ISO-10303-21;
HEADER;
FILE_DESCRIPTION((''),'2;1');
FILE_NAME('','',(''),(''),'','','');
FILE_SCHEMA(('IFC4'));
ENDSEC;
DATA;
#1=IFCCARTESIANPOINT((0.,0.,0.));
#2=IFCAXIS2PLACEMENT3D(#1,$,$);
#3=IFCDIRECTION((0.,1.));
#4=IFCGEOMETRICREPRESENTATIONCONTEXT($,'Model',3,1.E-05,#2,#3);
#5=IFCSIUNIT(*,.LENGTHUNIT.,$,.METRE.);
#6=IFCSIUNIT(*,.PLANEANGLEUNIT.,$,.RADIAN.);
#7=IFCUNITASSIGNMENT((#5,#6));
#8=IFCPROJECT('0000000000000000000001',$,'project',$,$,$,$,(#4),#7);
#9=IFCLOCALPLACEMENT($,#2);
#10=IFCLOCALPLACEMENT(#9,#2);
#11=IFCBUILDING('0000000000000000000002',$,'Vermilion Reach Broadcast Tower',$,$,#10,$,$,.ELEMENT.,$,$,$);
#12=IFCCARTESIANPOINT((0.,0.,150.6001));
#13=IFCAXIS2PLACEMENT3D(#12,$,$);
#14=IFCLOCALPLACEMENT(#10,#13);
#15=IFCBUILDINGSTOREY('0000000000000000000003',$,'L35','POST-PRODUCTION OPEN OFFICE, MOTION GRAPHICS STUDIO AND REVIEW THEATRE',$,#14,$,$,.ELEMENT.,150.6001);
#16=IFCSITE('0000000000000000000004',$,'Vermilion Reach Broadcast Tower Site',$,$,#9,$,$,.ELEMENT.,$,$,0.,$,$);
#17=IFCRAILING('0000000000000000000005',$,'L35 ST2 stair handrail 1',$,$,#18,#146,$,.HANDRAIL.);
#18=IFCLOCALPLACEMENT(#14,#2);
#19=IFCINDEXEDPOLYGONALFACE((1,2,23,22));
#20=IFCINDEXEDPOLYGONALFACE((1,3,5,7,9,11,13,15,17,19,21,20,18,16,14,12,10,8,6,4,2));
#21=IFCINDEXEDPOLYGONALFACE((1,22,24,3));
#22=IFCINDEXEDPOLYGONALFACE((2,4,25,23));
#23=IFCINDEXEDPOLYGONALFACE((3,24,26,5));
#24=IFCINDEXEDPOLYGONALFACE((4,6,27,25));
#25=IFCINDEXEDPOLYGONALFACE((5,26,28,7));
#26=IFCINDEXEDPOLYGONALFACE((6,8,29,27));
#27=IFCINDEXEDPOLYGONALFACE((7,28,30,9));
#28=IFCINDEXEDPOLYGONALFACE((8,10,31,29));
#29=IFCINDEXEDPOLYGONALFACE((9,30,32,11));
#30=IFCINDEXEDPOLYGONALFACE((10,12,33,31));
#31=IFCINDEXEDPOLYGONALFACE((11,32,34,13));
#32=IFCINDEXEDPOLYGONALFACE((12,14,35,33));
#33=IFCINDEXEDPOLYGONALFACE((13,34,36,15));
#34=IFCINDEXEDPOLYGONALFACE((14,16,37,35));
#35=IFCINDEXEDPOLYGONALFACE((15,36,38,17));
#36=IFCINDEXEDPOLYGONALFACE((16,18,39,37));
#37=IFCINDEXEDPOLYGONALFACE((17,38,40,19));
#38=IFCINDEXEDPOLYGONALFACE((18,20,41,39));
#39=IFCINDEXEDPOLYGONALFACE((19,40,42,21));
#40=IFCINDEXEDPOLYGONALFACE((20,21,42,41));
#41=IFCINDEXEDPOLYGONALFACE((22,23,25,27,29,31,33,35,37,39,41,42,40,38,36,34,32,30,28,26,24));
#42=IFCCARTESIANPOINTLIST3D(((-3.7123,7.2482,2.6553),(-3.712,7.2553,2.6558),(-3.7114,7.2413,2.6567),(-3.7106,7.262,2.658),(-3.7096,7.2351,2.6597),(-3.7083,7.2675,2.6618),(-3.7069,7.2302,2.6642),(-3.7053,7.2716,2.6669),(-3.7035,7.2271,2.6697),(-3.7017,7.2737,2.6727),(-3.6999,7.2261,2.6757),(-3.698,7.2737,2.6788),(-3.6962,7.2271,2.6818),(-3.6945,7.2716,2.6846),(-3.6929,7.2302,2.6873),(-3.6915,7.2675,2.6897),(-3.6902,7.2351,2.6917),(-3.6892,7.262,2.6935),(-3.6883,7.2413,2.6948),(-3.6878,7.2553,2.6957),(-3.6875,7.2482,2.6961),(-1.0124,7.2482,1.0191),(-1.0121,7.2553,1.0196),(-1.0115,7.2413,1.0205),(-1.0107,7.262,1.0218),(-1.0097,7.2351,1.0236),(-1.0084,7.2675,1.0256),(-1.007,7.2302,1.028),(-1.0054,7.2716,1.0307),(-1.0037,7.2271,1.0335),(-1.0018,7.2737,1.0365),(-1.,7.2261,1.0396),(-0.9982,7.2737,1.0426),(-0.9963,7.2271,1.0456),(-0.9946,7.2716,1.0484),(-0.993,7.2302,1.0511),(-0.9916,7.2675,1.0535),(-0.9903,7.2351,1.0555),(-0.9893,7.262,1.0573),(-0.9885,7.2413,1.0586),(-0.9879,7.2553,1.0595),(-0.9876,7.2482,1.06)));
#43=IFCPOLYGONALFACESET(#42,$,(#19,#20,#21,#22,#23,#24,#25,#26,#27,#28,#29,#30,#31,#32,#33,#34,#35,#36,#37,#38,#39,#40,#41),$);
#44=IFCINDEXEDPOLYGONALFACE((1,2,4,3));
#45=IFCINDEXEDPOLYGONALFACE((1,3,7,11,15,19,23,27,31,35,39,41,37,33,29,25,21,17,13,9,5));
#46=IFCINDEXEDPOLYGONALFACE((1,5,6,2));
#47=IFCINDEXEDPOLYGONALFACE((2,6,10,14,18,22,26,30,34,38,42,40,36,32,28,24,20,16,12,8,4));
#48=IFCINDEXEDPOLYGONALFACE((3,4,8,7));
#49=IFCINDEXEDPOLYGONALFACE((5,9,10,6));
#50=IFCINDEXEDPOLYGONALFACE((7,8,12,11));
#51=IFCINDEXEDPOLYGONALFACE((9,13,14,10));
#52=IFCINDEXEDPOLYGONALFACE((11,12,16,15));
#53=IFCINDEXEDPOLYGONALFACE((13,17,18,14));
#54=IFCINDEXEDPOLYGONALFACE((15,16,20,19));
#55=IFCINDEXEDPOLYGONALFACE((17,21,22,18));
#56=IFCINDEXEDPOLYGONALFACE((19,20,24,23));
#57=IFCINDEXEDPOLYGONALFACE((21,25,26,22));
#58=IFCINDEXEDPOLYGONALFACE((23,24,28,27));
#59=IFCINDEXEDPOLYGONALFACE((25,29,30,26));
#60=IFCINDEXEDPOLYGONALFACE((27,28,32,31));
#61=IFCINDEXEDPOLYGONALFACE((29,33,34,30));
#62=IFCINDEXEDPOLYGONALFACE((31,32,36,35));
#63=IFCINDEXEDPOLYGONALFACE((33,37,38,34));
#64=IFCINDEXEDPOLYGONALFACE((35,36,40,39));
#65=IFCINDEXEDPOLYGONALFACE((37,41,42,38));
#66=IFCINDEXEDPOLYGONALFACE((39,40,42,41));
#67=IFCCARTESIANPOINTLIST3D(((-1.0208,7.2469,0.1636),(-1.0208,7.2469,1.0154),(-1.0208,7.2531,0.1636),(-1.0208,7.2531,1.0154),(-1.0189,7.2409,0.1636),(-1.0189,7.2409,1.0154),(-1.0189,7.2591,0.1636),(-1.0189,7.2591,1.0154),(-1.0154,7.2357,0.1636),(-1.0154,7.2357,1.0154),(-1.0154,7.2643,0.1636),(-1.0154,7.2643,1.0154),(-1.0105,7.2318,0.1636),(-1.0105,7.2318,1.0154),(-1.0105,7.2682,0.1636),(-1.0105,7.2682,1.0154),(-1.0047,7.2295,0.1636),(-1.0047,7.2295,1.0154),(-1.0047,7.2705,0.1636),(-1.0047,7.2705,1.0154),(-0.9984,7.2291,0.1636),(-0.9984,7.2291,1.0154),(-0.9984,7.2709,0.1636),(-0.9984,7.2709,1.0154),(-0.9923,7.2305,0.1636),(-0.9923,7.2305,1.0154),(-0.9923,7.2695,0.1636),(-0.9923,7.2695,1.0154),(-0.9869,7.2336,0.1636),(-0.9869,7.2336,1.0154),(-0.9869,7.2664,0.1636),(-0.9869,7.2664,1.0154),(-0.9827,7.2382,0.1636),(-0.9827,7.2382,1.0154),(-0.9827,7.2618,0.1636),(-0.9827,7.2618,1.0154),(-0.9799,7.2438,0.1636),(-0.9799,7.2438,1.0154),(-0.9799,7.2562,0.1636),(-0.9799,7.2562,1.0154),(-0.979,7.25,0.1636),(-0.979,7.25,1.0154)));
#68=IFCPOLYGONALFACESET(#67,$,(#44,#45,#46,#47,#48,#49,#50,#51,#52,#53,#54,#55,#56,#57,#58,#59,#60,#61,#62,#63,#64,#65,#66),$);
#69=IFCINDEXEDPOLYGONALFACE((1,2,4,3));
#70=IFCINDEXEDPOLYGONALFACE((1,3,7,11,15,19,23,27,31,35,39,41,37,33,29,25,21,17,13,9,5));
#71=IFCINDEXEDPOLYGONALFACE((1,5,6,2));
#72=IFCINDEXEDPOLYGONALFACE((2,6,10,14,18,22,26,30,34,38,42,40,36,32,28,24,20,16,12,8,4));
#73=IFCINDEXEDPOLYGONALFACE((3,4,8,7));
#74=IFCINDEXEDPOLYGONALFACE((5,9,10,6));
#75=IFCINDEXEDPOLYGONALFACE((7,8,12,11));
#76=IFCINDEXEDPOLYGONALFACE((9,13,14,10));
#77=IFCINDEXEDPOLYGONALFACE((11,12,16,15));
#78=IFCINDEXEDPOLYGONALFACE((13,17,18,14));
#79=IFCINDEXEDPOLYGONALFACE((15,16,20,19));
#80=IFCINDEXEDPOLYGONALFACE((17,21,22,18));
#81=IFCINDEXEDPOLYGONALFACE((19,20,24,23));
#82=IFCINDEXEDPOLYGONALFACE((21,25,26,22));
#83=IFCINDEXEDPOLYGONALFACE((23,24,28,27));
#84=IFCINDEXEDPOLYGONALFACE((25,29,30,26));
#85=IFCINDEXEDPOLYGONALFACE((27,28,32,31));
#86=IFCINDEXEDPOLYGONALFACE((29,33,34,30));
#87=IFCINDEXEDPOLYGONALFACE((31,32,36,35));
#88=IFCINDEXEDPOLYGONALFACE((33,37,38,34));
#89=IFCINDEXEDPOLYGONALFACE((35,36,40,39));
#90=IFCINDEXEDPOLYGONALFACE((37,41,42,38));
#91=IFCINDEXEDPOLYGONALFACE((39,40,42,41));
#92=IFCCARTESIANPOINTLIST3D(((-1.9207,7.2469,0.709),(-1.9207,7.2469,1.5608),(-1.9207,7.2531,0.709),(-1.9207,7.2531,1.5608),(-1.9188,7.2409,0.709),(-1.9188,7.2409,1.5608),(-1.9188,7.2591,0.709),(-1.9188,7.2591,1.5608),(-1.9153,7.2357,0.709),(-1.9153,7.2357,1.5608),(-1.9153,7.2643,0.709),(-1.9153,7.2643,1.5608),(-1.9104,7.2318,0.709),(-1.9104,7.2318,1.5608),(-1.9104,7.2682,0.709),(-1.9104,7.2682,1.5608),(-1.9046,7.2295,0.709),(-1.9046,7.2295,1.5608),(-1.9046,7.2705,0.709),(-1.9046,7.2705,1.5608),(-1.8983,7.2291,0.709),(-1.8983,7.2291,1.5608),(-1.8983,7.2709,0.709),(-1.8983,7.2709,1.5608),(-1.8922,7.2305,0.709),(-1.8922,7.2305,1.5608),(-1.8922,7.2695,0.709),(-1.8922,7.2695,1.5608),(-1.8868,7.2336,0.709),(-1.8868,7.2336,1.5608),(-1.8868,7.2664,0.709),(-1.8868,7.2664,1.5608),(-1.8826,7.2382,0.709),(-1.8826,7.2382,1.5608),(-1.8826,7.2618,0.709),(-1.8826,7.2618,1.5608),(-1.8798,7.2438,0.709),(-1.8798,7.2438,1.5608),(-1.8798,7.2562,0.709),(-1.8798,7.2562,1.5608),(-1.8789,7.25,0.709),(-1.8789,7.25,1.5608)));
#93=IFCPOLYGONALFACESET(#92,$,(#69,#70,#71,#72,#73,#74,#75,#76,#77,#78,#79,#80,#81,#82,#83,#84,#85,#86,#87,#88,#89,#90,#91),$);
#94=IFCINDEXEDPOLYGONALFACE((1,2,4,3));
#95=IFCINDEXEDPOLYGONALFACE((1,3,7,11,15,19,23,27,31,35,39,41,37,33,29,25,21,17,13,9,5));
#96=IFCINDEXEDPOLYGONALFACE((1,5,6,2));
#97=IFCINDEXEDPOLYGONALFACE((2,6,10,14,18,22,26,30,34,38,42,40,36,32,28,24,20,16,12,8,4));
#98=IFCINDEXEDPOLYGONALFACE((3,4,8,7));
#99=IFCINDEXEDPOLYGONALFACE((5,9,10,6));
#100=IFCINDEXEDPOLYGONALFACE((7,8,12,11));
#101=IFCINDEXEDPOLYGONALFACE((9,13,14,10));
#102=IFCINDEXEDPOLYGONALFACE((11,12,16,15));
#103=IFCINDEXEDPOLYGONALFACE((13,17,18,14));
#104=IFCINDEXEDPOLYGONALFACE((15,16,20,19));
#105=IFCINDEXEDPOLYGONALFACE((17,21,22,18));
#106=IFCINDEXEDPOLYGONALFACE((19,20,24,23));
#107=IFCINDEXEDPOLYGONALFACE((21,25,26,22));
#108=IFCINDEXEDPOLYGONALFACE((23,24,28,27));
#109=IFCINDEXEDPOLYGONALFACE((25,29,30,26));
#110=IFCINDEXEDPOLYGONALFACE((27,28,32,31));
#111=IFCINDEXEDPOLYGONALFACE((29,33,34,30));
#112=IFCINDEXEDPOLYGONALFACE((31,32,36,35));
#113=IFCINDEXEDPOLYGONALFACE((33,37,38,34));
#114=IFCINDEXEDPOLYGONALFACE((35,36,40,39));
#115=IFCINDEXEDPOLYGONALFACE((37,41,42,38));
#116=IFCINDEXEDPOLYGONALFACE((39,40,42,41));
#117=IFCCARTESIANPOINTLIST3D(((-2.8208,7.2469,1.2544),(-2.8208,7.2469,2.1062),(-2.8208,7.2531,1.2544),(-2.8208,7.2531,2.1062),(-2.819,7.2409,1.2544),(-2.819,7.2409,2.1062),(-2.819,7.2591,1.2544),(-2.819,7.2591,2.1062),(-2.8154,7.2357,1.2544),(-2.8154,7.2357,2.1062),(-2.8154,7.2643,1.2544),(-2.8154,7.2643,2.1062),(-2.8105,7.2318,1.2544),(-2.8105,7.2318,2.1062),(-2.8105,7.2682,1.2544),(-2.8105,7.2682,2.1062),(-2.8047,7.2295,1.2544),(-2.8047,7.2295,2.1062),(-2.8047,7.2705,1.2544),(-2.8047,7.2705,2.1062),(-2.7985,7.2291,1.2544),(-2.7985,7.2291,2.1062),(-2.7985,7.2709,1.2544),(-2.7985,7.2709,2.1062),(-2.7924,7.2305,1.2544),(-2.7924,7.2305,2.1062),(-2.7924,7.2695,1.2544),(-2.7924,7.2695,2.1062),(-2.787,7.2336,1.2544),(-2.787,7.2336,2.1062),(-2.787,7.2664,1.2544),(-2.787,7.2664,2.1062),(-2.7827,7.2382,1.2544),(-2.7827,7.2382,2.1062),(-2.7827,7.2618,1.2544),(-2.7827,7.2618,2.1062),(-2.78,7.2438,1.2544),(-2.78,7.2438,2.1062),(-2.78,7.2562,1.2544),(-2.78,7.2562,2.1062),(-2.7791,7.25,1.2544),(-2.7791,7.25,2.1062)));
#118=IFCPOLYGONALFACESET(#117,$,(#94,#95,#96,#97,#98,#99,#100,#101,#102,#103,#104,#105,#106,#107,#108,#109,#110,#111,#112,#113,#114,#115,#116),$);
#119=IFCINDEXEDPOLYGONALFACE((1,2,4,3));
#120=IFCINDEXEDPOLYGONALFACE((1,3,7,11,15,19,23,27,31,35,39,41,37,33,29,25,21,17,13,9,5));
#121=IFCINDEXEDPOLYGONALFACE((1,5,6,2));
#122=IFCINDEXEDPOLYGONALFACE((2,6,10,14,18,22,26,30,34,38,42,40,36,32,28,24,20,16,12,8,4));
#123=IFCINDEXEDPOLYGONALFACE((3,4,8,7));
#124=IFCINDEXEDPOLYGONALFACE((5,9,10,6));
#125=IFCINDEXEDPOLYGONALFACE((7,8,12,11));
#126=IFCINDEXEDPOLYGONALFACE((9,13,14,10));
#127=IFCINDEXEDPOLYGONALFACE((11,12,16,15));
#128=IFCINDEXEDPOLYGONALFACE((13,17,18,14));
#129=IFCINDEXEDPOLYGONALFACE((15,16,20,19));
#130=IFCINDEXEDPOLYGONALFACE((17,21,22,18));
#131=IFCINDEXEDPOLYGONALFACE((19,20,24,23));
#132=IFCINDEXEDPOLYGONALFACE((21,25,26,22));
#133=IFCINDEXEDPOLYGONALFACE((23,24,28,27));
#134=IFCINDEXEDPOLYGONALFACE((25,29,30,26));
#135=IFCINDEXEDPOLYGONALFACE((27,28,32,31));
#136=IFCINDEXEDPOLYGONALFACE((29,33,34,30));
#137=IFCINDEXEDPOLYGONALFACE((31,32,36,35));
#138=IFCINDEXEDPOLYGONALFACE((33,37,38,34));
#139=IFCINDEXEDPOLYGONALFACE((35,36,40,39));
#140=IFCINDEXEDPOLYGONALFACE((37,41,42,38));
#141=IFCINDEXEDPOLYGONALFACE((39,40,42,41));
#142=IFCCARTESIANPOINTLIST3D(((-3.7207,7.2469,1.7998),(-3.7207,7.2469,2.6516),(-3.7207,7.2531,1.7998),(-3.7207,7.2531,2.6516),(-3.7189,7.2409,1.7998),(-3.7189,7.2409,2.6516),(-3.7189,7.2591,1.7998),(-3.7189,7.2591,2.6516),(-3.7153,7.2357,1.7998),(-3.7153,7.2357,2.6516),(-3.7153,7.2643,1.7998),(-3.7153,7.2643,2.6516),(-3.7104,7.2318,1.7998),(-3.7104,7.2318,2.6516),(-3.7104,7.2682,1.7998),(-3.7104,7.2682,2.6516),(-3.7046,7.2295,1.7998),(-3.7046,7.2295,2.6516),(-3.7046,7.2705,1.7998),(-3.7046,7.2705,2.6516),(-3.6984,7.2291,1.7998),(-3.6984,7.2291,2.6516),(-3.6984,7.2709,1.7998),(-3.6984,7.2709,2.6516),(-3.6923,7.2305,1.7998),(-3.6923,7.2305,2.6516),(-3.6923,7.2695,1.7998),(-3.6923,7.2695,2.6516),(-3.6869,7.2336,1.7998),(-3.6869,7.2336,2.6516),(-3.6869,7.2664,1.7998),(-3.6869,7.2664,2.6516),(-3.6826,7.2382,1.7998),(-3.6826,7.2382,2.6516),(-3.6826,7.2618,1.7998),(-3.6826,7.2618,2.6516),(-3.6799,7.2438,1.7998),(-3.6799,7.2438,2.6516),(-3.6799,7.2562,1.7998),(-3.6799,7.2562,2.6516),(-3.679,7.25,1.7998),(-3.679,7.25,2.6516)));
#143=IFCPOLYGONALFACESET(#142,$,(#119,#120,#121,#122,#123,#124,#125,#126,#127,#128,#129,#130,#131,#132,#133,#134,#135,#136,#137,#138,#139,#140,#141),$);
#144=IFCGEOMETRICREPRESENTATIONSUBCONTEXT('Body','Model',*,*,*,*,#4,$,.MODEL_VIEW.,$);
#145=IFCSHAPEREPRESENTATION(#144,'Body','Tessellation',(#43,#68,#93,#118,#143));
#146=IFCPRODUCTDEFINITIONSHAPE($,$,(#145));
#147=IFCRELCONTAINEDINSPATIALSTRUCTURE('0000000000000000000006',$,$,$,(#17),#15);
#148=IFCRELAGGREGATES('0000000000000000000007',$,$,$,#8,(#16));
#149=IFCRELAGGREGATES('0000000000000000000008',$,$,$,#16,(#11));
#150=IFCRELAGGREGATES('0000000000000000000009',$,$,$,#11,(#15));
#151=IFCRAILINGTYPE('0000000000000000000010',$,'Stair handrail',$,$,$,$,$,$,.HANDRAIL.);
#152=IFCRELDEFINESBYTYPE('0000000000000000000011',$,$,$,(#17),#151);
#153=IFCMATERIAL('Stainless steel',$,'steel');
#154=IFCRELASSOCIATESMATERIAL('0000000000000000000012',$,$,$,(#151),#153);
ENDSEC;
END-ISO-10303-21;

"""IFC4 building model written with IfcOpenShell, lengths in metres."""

from ifc_helpers import new_model, si_unit, direction, frame, origin, origin_2d, place, context, subcontext, project, spatial, circle, extrude, material, type_object, element, save


model = new_model("IFC4")

# Units and contexts
model_context = context("Model", 3, precision=1e-05, world=origin(), true_north=direction((0.0, 1.0)))
body_context = subcontext(model_context, "Body", "Model", "MODEL_VIEW")
ifc_project = project(units=[si_unit("LENGTHUNIT", "METRE"), si_unit("PLANEANGLEUNIT", "RADIAN")], contexts=[model_context])

# Site, building, storey
site_placement = place(None, origin())
site = spatial("IfcSite", under=ifc_project, at=site_placement, Name="Vermilion Reach Broadcast Tower Site", CompositionType="ELEMENT", RefElevation=0.0)
building_placement = place(site_placement, origin())
building = spatial("IfcBuilding", under=site, at=building_placement, Name="Vermilion Reach Broadcast Tower", CompositionType="ELEMENT")
storey_placement = place(building_placement, frame((0.0, 0.0, 150.6001)))
storey = spatial("IfcBuildingStorey", under=building, at=storey_placement, Name="L35", Description="POST-PRODUCTION OPEN OFFICE, MOTION GRAPHICS STUDIO AND REVIEW THEATRE", CompositionType="ELEMENT", Elevation=150.6001)

# Railing
ifc_material_1 = material(Name="Stainless steel", Category="steel")
railing_type_1 = type_object("IfcRailingType", Name="Stair handrail", PredefinedType="HANDRAIL", material=ifc_material_1)
railing_1_placement = place(storey_placement, frame((-1.0, 7.25, 0.1636)))
element("IfcRailing", 1, at=railing_1_placement, inside=storey, type_object=railing_type_1, Name="L35 ST2 stair handrail 1", PredefinedType="HANDRAIL", context=body_context, shape_type="SweptSolid", body=[
    extrude(circle(Radius=0.0239, at=origin_2d()), frame((0.0, 0.0, 0.876), z_axis=(-0.855212, 0.0, 0.518278), x_axis=(0.0, -1.0, 0.0)), (0.0, 0.0, 1.0), 3.157),
    extrude(circle(Radius=0.021, at=origin_2d()), origin(), (0.0, 0.0, 1.0), 0.8518),
    extrude(circle(Radius=0.021, at=origin_2d()), frame((-0.8999, 0.0, 0.5454)), (0.0, 0.0, 1.0), 0.8518),
    extrude(circle(Radius=0.021, at=origin_2d()), frame((-1.8, 0.0, 1.0908)), (0.0, 0.0, 1.0), 0.8518),
    extrude(circle(Radius=0.021, at=origin_2d()), frame((-2.7, 0.0, 1.6362)), (0.0, 0.0, 1.0), 0.8518),
])

save(model, "model.ifc")
